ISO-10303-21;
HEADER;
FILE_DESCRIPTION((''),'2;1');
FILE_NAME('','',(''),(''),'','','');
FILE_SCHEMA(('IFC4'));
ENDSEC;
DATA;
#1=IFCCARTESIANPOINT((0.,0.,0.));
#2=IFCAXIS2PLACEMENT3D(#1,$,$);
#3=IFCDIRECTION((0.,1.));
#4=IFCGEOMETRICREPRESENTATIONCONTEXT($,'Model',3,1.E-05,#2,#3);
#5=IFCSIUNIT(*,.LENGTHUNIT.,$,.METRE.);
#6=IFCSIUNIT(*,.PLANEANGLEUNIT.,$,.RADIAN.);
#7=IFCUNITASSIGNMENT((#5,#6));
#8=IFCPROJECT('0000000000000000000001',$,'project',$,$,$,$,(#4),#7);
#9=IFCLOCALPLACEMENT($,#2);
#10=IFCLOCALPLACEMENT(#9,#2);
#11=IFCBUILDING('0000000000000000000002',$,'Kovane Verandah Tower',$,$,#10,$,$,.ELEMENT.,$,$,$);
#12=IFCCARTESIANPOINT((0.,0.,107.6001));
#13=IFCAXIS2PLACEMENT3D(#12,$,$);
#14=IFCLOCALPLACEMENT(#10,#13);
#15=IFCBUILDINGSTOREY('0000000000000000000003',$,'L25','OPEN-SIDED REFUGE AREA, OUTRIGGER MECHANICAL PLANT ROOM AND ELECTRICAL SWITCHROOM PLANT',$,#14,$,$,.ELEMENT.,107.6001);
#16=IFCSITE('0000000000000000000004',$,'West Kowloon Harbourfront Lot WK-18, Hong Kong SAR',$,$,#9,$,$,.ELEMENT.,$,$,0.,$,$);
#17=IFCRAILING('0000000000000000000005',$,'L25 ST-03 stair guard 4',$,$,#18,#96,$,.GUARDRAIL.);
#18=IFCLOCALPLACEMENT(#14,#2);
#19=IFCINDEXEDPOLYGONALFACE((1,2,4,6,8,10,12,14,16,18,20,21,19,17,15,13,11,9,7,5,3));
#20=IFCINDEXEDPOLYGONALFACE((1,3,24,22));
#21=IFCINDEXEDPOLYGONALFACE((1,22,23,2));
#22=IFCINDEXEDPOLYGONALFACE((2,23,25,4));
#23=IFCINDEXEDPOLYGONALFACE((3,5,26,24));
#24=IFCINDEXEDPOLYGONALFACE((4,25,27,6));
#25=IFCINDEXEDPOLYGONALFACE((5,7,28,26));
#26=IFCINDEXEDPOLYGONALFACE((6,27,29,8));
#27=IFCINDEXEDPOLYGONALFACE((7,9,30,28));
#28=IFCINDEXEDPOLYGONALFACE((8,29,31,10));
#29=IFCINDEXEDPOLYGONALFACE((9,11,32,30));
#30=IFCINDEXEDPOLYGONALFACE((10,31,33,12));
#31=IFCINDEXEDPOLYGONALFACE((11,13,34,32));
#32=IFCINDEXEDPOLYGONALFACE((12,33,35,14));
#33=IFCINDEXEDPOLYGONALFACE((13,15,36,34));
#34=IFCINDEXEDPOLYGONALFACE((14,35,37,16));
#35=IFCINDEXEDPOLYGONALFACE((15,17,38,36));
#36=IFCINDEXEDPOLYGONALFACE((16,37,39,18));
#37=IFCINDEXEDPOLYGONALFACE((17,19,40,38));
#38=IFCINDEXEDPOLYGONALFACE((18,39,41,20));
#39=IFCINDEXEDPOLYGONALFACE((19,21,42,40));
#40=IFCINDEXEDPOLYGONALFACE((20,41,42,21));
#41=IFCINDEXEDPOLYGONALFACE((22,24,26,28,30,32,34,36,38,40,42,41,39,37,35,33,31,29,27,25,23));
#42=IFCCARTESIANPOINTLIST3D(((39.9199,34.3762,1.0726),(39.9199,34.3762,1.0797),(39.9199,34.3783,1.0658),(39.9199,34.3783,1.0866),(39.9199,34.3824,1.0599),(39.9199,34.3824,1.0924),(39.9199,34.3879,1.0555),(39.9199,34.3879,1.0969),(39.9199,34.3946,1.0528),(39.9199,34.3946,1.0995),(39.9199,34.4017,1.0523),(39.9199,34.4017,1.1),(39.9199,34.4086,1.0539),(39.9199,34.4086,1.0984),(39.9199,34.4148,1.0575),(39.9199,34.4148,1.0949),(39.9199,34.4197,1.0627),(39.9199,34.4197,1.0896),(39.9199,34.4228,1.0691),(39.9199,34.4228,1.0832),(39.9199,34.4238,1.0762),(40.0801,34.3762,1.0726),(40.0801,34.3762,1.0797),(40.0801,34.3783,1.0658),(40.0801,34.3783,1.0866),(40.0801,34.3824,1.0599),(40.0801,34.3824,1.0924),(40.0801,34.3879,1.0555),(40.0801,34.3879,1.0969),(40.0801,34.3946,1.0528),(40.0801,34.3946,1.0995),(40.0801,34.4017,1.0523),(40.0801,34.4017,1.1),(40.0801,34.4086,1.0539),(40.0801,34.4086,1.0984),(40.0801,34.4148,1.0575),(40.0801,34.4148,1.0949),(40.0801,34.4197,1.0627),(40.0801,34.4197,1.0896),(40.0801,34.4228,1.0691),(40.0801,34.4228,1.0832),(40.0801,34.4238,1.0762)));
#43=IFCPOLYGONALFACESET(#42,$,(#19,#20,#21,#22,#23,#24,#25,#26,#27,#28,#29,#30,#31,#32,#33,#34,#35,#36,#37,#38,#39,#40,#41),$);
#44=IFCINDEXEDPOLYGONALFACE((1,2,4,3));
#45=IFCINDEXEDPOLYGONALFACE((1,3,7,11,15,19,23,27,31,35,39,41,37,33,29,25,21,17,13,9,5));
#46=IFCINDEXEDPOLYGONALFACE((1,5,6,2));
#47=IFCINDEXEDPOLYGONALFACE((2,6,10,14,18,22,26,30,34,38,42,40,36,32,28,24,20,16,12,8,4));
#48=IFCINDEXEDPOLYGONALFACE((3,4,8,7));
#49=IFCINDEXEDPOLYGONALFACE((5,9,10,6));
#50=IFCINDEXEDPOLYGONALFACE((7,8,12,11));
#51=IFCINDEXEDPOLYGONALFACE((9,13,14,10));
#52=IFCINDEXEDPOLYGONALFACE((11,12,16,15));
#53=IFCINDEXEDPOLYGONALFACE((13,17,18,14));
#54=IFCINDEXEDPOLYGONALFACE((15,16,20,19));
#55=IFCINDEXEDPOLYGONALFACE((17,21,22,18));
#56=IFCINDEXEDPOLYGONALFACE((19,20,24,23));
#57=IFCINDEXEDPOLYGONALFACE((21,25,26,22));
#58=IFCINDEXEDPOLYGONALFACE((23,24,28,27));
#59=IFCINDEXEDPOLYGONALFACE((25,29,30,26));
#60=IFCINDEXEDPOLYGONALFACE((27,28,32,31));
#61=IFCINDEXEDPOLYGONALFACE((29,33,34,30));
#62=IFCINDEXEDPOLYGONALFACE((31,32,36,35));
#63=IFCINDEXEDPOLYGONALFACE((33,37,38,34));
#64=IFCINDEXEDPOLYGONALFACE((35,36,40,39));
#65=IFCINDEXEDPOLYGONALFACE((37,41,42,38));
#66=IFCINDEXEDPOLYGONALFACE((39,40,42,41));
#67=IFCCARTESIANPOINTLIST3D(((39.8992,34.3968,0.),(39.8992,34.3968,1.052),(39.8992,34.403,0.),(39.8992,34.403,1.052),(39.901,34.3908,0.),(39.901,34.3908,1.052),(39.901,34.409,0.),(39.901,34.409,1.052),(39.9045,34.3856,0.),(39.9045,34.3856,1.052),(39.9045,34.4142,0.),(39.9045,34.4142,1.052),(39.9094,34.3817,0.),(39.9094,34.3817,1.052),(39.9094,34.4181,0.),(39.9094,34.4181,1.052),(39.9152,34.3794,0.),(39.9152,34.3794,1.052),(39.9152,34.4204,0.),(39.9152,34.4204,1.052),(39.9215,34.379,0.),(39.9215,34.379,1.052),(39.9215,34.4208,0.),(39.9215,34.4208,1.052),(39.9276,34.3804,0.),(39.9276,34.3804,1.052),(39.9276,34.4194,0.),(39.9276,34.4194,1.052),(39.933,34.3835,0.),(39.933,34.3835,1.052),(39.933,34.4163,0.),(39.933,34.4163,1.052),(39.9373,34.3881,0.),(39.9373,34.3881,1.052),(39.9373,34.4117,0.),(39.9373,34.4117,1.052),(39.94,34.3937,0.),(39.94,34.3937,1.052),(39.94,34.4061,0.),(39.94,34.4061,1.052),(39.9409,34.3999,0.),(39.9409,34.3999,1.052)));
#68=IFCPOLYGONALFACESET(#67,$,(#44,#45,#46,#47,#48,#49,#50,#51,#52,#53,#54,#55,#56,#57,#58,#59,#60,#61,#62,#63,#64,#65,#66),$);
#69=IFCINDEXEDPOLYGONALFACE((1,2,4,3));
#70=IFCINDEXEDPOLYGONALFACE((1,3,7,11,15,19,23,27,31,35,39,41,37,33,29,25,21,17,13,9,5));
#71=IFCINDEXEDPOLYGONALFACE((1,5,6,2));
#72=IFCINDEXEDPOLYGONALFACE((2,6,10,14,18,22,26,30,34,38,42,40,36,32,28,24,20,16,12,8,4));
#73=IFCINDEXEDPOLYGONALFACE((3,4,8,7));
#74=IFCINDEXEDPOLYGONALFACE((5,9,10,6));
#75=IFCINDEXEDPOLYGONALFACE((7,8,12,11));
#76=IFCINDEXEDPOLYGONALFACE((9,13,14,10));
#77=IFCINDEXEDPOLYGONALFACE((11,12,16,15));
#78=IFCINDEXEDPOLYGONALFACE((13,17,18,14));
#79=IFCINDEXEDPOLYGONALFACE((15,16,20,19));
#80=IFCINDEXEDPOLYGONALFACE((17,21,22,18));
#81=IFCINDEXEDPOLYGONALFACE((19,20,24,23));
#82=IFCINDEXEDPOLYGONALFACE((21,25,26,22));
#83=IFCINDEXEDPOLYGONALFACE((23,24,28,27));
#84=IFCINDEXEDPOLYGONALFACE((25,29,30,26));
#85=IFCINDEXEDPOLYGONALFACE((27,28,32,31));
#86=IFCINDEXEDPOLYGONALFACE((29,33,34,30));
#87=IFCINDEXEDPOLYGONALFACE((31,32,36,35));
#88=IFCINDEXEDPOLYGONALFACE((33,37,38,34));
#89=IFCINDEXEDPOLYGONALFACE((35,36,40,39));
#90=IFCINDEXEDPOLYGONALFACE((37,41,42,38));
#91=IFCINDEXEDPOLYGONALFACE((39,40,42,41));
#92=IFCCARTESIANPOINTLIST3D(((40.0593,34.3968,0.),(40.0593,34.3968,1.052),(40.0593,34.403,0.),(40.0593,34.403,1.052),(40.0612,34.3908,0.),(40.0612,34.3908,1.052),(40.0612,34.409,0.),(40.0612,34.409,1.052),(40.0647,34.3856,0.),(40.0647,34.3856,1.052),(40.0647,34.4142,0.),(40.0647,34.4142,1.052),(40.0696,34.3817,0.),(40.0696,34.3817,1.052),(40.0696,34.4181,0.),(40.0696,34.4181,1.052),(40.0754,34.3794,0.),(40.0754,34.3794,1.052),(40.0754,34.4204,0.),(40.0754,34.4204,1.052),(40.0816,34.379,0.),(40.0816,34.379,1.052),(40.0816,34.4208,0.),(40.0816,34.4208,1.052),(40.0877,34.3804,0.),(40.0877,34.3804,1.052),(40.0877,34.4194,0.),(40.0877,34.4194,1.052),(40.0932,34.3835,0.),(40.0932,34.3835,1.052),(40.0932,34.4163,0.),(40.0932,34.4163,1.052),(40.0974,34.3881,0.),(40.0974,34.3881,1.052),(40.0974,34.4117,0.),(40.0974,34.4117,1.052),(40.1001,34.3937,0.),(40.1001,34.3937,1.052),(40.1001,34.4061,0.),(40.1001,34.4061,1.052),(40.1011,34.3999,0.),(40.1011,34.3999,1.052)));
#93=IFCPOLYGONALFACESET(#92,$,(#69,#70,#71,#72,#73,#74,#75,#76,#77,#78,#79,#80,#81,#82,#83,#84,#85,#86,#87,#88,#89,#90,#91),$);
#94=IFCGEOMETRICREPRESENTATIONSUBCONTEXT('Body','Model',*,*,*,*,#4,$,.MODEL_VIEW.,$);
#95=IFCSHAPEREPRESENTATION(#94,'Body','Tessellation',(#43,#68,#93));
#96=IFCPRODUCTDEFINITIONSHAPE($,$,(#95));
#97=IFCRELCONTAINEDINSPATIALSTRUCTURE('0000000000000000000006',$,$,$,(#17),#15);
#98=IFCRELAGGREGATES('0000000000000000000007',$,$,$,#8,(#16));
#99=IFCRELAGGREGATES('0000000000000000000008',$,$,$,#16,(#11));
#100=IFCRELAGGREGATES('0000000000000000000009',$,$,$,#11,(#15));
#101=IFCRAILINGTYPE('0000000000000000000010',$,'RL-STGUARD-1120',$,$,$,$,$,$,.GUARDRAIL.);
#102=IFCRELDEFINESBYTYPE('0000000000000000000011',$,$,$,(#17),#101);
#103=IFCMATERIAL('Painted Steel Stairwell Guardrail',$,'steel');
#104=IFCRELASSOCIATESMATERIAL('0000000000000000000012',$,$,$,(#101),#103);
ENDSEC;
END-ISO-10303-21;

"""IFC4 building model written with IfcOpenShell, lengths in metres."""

from ifc_helpers import new_model, si_unit, direction, frame, origin, origin_2d, place, context, subcontext, project, spatial, circle, extrude, material, type_object, element, save


model = new_model("IFC4")

# Units and contexts
model_context = context("Model", 3, precision=1e-05, world=origin(), true_north=direction((0.0, 1.0)))
body_context = subcontext(model_context, "Body", "Model", "MODEL_VIEW")
ifc_project = project(units=[si_unit("LENGTHUNIT", "METRE"), si_unit("PLANEANGLEUNIT", "RADIAN")], contexts=[model_context])

# Site, building, storey
site_placement = place(None, origin())
site = spatial("IfcSite", under=ifc_project, at=site_placement, Name="West Kowloon Harbourfront Lot WK-18, Hong Kong SAR", CompositionType="ELEMENT", RefElevation=0.0)
building_placement = place(site_placement, origin())
building = spatial("IfcBuilding", under=site, at=building_placement, Name="Kovane Verandah Tower", CompositionType="ELEMENT")
storey_placement = place(building_placement, frame((0.0, 0.0, 107.6001)))
storey = spatial("IfcBuildingStorey", under=building, at=storey_placement, Name="L25", Description="OPEN-SIDED REFUGE AREA, OUTRIGGER MECHANICAL PLANT ROOM AND ELECTRICAL SWITCHROOM PLANT", CompositionType="ELEMENT", Elevation=107.6001)

# Railing
ifc_material_1 = material(Name="Painted Steel Stairwell Guardrail", Category="steel")
railing_type = type_object("IfcRailingType", Name="RL-STGUARD-1120", PredefinedType="GUARDRAIL", material=ifc_material_1)
railing_1_placement = place(storey_placement, frame((39.9199, 34.3999, 0.0)))
element("IfcRailing", 1, at=railing_1_placement, inside=storey, type_object=railing_type, Name="L25 ST-03 stair guard 4", PredefinedType="GUARDRAIL", context=body_context, shape_type="SweptSolid", body=[
    extrude(circle(Radius=0.0239, at=origin_2d()), frame((0.0, 0.0, 1.0762), z_axis=(1.0, 0.0, 0.0), x_axis=(0.0, 1.0, 0.0)), (0.0, 0.0, 1.0), 0.1602),
    extrude(circle(Radius=0.021, at=origin_2d()), origin(), (0.0, 0.0, 1.0), 1.052),
    extrude(circle(Radius=0.021, at=origin_2d()), frame((0.1602, 0.0, 0.0)), (0.0, 0.0, 1.0), 1.052),
])

save(model, "model.ifc")
